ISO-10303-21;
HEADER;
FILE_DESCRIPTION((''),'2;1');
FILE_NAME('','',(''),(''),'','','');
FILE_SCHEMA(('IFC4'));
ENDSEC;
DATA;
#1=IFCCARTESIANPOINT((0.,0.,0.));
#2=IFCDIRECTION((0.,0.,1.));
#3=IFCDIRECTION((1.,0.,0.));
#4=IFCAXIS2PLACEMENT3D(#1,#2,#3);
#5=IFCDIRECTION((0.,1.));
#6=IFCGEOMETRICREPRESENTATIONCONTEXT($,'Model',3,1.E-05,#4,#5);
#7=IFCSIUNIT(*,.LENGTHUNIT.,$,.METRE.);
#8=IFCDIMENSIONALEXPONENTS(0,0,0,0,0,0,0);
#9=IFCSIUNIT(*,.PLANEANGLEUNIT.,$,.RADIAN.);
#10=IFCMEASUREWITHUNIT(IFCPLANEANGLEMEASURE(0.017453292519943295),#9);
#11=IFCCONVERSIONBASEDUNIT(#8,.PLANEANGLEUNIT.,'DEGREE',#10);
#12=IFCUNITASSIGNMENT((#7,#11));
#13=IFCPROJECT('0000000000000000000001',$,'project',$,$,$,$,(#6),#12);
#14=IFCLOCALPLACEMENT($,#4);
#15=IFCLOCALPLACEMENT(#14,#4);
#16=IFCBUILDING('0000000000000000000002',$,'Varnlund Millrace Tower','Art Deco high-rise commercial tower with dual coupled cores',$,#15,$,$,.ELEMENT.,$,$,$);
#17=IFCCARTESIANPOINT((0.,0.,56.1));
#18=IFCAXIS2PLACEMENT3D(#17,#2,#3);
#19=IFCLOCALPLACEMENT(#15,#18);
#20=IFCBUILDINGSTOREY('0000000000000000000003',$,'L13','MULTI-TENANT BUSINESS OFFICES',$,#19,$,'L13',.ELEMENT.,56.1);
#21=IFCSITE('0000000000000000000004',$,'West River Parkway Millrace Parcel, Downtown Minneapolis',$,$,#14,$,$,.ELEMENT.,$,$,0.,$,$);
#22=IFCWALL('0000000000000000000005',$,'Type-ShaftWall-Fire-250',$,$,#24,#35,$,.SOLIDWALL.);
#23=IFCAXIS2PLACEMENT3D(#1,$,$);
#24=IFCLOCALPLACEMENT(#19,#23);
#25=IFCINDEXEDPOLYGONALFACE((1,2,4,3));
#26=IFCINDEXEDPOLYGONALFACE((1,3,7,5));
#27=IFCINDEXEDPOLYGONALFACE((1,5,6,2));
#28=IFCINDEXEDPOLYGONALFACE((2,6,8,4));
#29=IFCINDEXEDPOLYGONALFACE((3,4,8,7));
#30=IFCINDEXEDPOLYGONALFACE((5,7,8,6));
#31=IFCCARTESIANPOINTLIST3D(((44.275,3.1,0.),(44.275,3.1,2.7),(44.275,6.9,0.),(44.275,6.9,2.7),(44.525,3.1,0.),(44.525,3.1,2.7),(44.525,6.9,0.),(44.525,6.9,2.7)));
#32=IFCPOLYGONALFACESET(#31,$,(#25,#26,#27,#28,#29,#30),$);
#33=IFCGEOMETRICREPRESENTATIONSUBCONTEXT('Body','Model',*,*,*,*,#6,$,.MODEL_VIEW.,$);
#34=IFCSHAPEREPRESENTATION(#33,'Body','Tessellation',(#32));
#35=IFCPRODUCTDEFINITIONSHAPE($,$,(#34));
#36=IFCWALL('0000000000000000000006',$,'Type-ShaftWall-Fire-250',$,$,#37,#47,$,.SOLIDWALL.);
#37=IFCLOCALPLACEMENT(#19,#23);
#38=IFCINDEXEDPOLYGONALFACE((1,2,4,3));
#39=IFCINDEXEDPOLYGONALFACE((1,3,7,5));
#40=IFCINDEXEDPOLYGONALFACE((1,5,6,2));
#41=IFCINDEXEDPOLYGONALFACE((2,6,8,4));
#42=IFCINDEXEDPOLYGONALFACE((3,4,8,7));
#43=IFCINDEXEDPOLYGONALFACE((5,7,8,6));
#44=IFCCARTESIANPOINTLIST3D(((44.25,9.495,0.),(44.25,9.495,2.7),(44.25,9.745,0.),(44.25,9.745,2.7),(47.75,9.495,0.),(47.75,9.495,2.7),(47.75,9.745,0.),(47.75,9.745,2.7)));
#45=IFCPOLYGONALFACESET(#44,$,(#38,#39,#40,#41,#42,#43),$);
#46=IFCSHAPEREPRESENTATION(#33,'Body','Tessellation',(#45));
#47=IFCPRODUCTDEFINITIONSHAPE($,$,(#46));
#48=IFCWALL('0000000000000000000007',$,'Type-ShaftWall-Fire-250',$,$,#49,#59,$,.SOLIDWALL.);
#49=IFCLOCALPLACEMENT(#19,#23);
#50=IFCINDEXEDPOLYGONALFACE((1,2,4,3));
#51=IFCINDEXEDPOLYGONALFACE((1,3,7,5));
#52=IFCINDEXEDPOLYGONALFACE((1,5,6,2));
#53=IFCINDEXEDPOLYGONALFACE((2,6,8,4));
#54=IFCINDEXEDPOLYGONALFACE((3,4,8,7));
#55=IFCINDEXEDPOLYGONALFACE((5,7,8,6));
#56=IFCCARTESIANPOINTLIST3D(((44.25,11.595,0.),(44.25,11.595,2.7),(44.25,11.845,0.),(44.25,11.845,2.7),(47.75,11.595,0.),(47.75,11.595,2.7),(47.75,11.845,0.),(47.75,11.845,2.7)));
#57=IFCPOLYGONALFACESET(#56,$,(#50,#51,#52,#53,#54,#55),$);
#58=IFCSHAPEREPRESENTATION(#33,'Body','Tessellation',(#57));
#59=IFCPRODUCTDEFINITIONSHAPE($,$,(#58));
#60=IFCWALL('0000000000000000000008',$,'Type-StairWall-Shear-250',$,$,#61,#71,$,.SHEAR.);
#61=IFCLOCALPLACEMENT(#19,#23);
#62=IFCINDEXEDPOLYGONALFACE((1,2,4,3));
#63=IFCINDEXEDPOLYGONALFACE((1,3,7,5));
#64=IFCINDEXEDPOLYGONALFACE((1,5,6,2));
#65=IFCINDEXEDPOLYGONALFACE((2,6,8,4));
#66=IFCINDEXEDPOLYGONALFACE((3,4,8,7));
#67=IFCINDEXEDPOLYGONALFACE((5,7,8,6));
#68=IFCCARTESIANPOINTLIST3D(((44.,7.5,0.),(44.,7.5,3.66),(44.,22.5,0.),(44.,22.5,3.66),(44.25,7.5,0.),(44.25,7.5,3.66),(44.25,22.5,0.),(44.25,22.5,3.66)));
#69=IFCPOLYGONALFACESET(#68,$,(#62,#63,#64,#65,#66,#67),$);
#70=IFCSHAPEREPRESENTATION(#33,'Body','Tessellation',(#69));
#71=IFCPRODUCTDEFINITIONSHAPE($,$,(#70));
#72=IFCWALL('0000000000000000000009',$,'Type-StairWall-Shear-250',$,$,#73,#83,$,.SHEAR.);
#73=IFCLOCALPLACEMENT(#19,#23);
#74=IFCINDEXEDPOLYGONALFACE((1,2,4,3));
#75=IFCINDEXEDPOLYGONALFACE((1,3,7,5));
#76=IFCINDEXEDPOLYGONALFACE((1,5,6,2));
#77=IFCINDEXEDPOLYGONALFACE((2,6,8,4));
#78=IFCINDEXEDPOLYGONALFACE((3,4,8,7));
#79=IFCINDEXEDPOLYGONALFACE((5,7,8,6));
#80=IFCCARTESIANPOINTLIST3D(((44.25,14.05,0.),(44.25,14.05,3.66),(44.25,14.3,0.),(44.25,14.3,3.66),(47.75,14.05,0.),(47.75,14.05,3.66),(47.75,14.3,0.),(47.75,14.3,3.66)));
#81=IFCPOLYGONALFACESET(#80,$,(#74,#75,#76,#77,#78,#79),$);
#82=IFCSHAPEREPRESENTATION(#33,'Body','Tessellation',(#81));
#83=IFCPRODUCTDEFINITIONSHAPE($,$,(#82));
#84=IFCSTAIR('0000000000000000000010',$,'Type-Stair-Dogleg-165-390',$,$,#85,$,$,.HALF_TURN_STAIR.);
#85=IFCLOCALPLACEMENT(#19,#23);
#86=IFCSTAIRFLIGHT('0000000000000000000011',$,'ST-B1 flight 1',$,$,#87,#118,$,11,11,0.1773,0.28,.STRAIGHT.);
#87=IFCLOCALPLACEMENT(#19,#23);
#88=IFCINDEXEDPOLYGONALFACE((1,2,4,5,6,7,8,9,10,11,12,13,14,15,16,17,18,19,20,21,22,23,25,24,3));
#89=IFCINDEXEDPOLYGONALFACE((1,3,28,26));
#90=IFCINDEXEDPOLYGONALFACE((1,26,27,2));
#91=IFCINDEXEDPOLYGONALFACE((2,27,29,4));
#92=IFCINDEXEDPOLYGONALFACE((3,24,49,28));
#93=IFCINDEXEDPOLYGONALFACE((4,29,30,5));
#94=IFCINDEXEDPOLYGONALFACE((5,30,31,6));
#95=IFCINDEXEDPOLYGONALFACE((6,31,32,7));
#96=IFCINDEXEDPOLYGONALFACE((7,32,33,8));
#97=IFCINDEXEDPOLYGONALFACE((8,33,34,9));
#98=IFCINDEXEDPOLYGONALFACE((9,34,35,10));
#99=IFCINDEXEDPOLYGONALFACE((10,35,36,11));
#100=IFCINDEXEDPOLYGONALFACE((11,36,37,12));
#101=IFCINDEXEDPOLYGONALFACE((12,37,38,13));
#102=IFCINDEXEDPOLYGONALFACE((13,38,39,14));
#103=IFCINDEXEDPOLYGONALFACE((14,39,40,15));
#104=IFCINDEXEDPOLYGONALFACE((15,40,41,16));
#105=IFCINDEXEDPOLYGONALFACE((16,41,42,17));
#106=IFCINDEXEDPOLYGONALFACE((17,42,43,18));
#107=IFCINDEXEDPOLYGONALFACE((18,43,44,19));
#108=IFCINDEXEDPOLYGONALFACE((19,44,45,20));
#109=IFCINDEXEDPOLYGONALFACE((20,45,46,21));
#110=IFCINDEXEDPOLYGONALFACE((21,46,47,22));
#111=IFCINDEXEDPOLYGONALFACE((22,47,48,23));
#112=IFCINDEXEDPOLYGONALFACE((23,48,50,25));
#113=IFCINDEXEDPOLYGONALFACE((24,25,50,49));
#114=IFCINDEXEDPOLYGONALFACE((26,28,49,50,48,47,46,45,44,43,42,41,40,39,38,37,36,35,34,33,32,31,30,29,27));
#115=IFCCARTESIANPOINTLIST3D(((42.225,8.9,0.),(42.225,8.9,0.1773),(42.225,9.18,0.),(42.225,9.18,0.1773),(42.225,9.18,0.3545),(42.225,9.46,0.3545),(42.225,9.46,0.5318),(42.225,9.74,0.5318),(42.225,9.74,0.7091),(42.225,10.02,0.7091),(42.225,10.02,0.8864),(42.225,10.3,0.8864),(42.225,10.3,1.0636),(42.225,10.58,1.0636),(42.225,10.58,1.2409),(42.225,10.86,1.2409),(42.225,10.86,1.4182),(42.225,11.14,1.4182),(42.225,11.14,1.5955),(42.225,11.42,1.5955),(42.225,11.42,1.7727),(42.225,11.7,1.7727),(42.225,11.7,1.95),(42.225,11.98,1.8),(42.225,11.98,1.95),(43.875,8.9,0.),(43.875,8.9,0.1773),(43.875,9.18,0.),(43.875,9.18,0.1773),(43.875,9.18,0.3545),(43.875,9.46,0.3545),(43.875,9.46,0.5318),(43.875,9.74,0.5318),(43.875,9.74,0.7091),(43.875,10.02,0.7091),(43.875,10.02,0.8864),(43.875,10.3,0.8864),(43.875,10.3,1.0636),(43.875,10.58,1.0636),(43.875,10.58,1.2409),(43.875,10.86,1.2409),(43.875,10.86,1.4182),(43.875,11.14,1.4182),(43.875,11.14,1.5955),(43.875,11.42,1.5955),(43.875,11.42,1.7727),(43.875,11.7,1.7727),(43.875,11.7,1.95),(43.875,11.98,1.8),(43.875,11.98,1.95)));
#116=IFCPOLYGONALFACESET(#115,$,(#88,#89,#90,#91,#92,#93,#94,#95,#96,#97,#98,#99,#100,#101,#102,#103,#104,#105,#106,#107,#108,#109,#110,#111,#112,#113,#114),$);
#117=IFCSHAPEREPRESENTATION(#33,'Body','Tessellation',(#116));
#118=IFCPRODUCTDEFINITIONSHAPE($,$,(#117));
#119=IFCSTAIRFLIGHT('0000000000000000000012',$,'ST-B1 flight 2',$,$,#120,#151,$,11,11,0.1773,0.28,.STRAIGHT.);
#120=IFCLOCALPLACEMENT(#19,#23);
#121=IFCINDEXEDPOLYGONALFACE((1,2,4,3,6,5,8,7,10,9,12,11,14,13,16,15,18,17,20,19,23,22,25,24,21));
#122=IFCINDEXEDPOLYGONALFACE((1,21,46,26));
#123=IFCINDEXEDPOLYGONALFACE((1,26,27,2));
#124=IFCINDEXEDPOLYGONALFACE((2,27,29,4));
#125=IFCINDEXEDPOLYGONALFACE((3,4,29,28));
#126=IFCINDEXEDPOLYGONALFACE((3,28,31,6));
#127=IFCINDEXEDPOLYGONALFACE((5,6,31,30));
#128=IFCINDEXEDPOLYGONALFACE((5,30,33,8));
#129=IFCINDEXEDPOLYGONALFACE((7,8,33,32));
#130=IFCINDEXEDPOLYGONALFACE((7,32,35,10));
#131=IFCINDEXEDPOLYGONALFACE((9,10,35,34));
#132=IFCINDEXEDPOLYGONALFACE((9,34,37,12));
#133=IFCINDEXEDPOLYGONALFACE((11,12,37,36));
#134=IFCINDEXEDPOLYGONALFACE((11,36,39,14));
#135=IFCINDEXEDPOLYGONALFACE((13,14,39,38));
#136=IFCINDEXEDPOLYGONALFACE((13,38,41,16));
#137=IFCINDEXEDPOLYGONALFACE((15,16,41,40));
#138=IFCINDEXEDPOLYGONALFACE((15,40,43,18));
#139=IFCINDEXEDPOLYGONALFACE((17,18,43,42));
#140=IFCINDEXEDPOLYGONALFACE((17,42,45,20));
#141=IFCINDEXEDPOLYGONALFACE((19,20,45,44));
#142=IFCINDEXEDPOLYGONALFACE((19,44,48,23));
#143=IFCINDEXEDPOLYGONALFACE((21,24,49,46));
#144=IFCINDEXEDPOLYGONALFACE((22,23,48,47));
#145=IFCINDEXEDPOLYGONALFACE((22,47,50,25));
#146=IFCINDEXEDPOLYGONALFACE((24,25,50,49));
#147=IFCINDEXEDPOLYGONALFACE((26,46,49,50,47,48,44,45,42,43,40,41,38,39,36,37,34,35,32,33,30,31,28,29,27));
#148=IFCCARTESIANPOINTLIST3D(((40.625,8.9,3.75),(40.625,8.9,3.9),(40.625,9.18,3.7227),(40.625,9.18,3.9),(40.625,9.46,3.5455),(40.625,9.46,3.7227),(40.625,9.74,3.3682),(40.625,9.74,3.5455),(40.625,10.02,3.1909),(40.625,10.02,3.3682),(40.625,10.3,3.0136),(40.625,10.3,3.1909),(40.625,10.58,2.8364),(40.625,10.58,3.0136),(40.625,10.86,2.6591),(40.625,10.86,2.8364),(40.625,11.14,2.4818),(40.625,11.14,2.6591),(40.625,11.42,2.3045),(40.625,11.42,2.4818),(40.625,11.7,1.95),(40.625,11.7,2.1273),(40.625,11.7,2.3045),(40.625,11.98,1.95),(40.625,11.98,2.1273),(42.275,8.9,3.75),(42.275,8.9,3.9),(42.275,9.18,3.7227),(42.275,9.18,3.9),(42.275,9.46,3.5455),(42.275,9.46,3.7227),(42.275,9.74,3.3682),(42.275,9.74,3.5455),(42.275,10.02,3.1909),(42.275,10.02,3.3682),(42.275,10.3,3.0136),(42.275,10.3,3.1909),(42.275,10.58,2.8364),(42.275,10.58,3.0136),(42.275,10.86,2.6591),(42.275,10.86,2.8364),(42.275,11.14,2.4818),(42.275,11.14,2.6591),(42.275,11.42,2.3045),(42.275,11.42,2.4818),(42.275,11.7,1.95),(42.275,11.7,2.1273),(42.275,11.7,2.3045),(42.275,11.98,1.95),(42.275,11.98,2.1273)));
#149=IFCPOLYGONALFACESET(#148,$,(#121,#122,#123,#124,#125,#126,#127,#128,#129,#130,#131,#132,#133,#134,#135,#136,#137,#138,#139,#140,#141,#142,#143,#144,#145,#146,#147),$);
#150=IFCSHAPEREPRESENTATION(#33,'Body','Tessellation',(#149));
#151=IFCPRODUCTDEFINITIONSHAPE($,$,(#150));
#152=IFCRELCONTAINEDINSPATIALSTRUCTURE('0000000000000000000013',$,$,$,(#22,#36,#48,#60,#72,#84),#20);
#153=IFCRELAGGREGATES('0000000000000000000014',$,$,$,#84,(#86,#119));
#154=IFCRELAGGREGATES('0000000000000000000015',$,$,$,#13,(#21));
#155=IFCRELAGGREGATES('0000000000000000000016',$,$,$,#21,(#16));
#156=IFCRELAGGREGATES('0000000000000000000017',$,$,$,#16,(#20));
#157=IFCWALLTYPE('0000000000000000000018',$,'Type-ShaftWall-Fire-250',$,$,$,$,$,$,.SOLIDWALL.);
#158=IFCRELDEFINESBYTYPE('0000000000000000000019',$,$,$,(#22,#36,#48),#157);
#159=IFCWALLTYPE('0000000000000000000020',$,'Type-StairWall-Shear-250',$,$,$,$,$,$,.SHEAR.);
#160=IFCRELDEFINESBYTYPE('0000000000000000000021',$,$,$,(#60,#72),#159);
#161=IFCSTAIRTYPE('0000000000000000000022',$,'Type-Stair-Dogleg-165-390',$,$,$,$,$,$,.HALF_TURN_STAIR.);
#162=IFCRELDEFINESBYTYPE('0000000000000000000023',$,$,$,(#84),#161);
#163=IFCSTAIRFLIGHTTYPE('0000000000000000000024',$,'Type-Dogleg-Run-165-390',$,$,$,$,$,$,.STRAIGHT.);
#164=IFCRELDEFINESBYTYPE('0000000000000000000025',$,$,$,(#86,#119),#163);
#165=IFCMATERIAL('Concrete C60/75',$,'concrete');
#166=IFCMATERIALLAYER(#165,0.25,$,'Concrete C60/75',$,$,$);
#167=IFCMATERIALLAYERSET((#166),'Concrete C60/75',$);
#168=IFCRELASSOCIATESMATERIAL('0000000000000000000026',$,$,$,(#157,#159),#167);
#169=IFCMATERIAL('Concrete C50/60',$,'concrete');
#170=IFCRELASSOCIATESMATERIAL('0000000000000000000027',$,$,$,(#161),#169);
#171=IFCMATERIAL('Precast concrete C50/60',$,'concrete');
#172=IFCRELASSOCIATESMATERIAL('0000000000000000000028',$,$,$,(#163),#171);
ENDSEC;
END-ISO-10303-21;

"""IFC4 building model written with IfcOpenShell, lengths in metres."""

from ifc_helpers import new_model, entity, si_unit, converted_unit, direction, frame, origin_with_axes, place, context, subcontext, project, spatial, polyline, outline, extrude, material, layer, layer_set, type_object, element, aggregate, save


model = new_model("IFC4")

# Units and contexts
model_context = context("Model", 3, precision=1e-05, world=origin_with_axes(), true_north=direction((0.0, 1.0)))
body_context = subcontext(model_context, "Body", "Model", "MODEL_VIEW")
ifc_project = project(units=[si_unit("LENGTHUNIT", "METRE"), converted_unit("PLANEANGLEUNIT", "DEGREE", entity("IfcPlaneAngleMeasure", 0.017453292519943295), si_unit("PLANEANGLEUNIT", "RADIAN"), dimensions=[0, 0, 0, 0, 0, 0, 0])], contexts=[model_context])

# Site, building, storey
site_placement = place(None, origin_with_axes())
site = spatial("IfcSite", under=ifc_project, at=site_placement, Name="West River Parkway Millrace Parcel, Downtown Minneapolis", CompositionType="ELEMENT", RefElevation=0.0)
building_placement = place(site_placement, origin_with_axes())
building = spatial("IfcBuilding", under=site, at=building_placement, Name="Varnlund Millrace Tower", Description="Art Deco high-rise commercial tower with dual coupled cores", CompositionType="ELEMENT")
storey_placement = place(building_placement, frame((0.0, 0.0, 56.1), z_axis=(0.0, 0.0, 1.0), x_axis=(1.0, 0.0, 0.0)))
storey = spatial("IfcBuildingStorey", under=building, at=storey_placement, Name="L13", Description="MULTI-TENANT BUSINESS OFFICES", LongName="L13", CompositionType="ELEMENT", Elevation=56.1)

# Walls
ifc_material_1 = material(Name="Concrete C60/75", Category="concrete")
ifc_layer_1 = layer(ifc_material_1, 0.25, Name="Concrete C60/75")
ifc_layer_set_1 = layer_set([ifc_layer_1], Name="Concrete C60/75")
wall_type_1 = type_object("IfcWallType", Name="Type-ShaftWall-Fire-250", PredefinedType="SOLIDWALL", material=ifc_layer_set_1)
wall_1_placement = place(storey_placement, frame((44.4, 3.1, 0.0), z_axis=(0.0, 0.0, 1.0), x_axis=(0.0, 1.0, 0.0)))
element("IfcWall", 1, at=wall_1_placement, inside=storey, type_object=wall_type_1, Name="Type-ShaftWall-Fire-250", PredefinedType="SOLIDWALL", context=body_context, shape_type="SweptSolid", body=[
    extrude(outline(polyline([(0.0, -0.125), (3.8, -0.125), (3.8, 0.125), (0.0, 0.125), (0.0, -0.125)])), origin_with_axes(), (0.0, 0.0, 1.0), 2.7),
])
for number, where, z_axis, x_axis, name in (
    (2, (44.25, 9.62, 0.0), (0.0, 0.0, 1.0), (1.0, 0.0, 0.0), "Type-ShaftWall-Fire-250"),
    (3, (44.25, 11.72, 0.0), (0.0, 0.0, 1.0), (1.0, 0.0, 0.0), "Type-ShaftWall-Fire-250"),
):
    element("IfcWall", number, at=place(storey_placement, frame(where, z_axis=z_axis, x_axis=x_axis)), inside=storey, type_object=wall_type_1, Name=name, PredefinedType="SOLIDWALL", context=body_context, shape_type="SweptSolid", body=[
        extrude(outline(polyline([(0.0, -0.125), (3.5, -0.125), (3.5, 0.125), (0.0, 0.125), (0.0, -0.125)])), origin_with_axes(), (0.0, 0.0, 1.0), 2.7),
    ])
wall_type_2 = type_object("IfcWallType", Name="Type-StairWall-Shear-250", PredefinedType="SHEAR", material=ifc_layer_set_1)
wall_2_placement = place(storey_placement, frame((44.125, 7.5, 0.0), z_axis=(0.0, 0.0, 1.0), x_axis=(0.0, 1.0, 0.0)))
element("IfcWall", 4, at=wall_2_placement, inside=storey, type_object=wall_type_2, Name="Type-StairWall-Shear-250", PredefinedType="SHEAR", context=body_context, shape_type="SweptSolid", body=[
    extrude(outline(polyline([(0.0, -0.125), (15.0, -0.125), (15.0, 0.125), (0.0, 0.125), (0.0, -0.125)])), origin_with_axes(), (0.0, 0.0, 1.0), 3.66),
])
wall_3_placement = place(storey_placement, frame((44.25, 14.175, 0.0), z_axis=(0.0, 0.0, 1.0), x_axis=(1.0, 0.0, 0.0)))
element("IfcWall", 5, at=wall_3_placement, inside=storey, type_object=wall_type_2, Name="Type-StairWall-Shear-250", PredefinedType="SHEAR", context=body_context, shape_type="SweptSolid", body=[
    extrude(outline(polyline([(0.0, -0.125), (3.5, -0.125), (3.5, 0.125), (0.0, 0.125), (0.0, -0.125)])), origin_with_axes(), (0.0, 0.0, 1.0), 3.66),
])

# Stair, stair flights
ifc_material_2 = material(Name="Concrete C50/60", Category="concrete")
stair_type = type_object("IfcStairType", Name="Type-Stair-Dogleg-165-390", PredefinedType="HALF_TURN_STAIR", material=ifc_material_2)
stair_placement = place(storey_placement, origin_with_axes())
stair = element("IfcStair", 6, at=stair_placement, inside=storey, type_object=stair_type, Name="Type-Stair-Dogleg-165-390", PredefinedType="HALF_TURN_STAIR")
ifc_material_3 = material(Name="Precast concrete C50/60", Category="concrete")
stair_flight_type = type_object("IfcStairFlightType", Name="Type-Dogleg-Run-165-390", PredefinedType="STRAIGHT", material=ifc_material_3)
stair_flight_1_placement = place(storey_placement, frame((42.225, 8.9, 0.0), z_axis=(1.0, 0.0, 0.0), x_axis=(0.0, 1.0, 0.0)))
stair_flight_1 = element("IfcStairFlight", 7, at=stair_flight_1_placement, type_object=stair_flight_type, Name="ST-B1 flight 1", NumberOfRisers=11, NumberOfTreads=11, PredefinedType="STRAIGHT", RiserHeight=0.1773, TreadLength=0.28, context=body_context, shape_type="SweptSolid", body=[
    extrude(outline(polyline([(0.0, 0.0), (0.0, 0.1773), (0.28, 0.1773), (0.28, 0.3545), (0.56, 0.3545), (0.56, 0.5318), (0.84, 0.5318), (0.84, 0.7091), (1.12, 0.7091), (1.12, 0.8864), (1.4, 0.8864), (1.4, 1.0636), (1.68, 1.0636), (1.68, 1.2409), (1.96, 1.2409), (1.96, 1.4182), (2.24, 1.4182), (2.24, 1.5955), (2.52, 1.5955), (2.52, 1.7727), (2.8, 1.7727), (2.8, 1.95), (3.08, 1.95), (3.08, 1.8), (0.28, 0.0), (0.0, 0.0)])), origin_with_axes(), (0.0, 0.0, 1.0), 1.65),
])
stair_flight_2_placement = place(storey_placement, frame((42.275, 11.98, 1.95), z_axis=(-1.0, 0.0, 0.0), x_axis=(0.0, -1.0, 0.0)))
stair_flight_2 = element("IfcStairFlight", 8, at=stair_flight_2_placement, type_object=stair_flight_type, Name="ST-B1 flight 2", NumberOfRisers=11, NumberOfTreads=11, PredefinedType="STRAIGHT", RiserHeight=0.1773, TreadLength=0.28, context=body_context, shape_type="SweptSolid", body=[
    extrude(outline(polyline([(0.0, 0.0), (0.0, 0.1773), (0.28, 0.1773), (0.28, 0.3545), (0.56, 0.3545), (0.56, 0.5318), (0.84, 0.5318), (0.84, 0.7091), (1.12, 0.7091), (1.12, 0.8864), (1.4, 0.8864), (1.4, 1.0636), (1.68, 1.0636), (1.68, 1.2409), (1.96, 1.2409), (1.96, 1.4182), (2.24, 1.4182), (2.24, 1.5955), (2.52, 1.5955), (2.52, 1.7727), (2.8, 1.7727), (2.8, 1.95), (3.08, 1.95), (3.08, 1.8), (0.28, 0.0), (0.0, 0.0)])), origin_with_axes(), (0.0, 0.0, 1.0), 1.65),
])
aggregate(stair, [stair_flight_1, stair_flight_2])

save(model, "model.ifc")
